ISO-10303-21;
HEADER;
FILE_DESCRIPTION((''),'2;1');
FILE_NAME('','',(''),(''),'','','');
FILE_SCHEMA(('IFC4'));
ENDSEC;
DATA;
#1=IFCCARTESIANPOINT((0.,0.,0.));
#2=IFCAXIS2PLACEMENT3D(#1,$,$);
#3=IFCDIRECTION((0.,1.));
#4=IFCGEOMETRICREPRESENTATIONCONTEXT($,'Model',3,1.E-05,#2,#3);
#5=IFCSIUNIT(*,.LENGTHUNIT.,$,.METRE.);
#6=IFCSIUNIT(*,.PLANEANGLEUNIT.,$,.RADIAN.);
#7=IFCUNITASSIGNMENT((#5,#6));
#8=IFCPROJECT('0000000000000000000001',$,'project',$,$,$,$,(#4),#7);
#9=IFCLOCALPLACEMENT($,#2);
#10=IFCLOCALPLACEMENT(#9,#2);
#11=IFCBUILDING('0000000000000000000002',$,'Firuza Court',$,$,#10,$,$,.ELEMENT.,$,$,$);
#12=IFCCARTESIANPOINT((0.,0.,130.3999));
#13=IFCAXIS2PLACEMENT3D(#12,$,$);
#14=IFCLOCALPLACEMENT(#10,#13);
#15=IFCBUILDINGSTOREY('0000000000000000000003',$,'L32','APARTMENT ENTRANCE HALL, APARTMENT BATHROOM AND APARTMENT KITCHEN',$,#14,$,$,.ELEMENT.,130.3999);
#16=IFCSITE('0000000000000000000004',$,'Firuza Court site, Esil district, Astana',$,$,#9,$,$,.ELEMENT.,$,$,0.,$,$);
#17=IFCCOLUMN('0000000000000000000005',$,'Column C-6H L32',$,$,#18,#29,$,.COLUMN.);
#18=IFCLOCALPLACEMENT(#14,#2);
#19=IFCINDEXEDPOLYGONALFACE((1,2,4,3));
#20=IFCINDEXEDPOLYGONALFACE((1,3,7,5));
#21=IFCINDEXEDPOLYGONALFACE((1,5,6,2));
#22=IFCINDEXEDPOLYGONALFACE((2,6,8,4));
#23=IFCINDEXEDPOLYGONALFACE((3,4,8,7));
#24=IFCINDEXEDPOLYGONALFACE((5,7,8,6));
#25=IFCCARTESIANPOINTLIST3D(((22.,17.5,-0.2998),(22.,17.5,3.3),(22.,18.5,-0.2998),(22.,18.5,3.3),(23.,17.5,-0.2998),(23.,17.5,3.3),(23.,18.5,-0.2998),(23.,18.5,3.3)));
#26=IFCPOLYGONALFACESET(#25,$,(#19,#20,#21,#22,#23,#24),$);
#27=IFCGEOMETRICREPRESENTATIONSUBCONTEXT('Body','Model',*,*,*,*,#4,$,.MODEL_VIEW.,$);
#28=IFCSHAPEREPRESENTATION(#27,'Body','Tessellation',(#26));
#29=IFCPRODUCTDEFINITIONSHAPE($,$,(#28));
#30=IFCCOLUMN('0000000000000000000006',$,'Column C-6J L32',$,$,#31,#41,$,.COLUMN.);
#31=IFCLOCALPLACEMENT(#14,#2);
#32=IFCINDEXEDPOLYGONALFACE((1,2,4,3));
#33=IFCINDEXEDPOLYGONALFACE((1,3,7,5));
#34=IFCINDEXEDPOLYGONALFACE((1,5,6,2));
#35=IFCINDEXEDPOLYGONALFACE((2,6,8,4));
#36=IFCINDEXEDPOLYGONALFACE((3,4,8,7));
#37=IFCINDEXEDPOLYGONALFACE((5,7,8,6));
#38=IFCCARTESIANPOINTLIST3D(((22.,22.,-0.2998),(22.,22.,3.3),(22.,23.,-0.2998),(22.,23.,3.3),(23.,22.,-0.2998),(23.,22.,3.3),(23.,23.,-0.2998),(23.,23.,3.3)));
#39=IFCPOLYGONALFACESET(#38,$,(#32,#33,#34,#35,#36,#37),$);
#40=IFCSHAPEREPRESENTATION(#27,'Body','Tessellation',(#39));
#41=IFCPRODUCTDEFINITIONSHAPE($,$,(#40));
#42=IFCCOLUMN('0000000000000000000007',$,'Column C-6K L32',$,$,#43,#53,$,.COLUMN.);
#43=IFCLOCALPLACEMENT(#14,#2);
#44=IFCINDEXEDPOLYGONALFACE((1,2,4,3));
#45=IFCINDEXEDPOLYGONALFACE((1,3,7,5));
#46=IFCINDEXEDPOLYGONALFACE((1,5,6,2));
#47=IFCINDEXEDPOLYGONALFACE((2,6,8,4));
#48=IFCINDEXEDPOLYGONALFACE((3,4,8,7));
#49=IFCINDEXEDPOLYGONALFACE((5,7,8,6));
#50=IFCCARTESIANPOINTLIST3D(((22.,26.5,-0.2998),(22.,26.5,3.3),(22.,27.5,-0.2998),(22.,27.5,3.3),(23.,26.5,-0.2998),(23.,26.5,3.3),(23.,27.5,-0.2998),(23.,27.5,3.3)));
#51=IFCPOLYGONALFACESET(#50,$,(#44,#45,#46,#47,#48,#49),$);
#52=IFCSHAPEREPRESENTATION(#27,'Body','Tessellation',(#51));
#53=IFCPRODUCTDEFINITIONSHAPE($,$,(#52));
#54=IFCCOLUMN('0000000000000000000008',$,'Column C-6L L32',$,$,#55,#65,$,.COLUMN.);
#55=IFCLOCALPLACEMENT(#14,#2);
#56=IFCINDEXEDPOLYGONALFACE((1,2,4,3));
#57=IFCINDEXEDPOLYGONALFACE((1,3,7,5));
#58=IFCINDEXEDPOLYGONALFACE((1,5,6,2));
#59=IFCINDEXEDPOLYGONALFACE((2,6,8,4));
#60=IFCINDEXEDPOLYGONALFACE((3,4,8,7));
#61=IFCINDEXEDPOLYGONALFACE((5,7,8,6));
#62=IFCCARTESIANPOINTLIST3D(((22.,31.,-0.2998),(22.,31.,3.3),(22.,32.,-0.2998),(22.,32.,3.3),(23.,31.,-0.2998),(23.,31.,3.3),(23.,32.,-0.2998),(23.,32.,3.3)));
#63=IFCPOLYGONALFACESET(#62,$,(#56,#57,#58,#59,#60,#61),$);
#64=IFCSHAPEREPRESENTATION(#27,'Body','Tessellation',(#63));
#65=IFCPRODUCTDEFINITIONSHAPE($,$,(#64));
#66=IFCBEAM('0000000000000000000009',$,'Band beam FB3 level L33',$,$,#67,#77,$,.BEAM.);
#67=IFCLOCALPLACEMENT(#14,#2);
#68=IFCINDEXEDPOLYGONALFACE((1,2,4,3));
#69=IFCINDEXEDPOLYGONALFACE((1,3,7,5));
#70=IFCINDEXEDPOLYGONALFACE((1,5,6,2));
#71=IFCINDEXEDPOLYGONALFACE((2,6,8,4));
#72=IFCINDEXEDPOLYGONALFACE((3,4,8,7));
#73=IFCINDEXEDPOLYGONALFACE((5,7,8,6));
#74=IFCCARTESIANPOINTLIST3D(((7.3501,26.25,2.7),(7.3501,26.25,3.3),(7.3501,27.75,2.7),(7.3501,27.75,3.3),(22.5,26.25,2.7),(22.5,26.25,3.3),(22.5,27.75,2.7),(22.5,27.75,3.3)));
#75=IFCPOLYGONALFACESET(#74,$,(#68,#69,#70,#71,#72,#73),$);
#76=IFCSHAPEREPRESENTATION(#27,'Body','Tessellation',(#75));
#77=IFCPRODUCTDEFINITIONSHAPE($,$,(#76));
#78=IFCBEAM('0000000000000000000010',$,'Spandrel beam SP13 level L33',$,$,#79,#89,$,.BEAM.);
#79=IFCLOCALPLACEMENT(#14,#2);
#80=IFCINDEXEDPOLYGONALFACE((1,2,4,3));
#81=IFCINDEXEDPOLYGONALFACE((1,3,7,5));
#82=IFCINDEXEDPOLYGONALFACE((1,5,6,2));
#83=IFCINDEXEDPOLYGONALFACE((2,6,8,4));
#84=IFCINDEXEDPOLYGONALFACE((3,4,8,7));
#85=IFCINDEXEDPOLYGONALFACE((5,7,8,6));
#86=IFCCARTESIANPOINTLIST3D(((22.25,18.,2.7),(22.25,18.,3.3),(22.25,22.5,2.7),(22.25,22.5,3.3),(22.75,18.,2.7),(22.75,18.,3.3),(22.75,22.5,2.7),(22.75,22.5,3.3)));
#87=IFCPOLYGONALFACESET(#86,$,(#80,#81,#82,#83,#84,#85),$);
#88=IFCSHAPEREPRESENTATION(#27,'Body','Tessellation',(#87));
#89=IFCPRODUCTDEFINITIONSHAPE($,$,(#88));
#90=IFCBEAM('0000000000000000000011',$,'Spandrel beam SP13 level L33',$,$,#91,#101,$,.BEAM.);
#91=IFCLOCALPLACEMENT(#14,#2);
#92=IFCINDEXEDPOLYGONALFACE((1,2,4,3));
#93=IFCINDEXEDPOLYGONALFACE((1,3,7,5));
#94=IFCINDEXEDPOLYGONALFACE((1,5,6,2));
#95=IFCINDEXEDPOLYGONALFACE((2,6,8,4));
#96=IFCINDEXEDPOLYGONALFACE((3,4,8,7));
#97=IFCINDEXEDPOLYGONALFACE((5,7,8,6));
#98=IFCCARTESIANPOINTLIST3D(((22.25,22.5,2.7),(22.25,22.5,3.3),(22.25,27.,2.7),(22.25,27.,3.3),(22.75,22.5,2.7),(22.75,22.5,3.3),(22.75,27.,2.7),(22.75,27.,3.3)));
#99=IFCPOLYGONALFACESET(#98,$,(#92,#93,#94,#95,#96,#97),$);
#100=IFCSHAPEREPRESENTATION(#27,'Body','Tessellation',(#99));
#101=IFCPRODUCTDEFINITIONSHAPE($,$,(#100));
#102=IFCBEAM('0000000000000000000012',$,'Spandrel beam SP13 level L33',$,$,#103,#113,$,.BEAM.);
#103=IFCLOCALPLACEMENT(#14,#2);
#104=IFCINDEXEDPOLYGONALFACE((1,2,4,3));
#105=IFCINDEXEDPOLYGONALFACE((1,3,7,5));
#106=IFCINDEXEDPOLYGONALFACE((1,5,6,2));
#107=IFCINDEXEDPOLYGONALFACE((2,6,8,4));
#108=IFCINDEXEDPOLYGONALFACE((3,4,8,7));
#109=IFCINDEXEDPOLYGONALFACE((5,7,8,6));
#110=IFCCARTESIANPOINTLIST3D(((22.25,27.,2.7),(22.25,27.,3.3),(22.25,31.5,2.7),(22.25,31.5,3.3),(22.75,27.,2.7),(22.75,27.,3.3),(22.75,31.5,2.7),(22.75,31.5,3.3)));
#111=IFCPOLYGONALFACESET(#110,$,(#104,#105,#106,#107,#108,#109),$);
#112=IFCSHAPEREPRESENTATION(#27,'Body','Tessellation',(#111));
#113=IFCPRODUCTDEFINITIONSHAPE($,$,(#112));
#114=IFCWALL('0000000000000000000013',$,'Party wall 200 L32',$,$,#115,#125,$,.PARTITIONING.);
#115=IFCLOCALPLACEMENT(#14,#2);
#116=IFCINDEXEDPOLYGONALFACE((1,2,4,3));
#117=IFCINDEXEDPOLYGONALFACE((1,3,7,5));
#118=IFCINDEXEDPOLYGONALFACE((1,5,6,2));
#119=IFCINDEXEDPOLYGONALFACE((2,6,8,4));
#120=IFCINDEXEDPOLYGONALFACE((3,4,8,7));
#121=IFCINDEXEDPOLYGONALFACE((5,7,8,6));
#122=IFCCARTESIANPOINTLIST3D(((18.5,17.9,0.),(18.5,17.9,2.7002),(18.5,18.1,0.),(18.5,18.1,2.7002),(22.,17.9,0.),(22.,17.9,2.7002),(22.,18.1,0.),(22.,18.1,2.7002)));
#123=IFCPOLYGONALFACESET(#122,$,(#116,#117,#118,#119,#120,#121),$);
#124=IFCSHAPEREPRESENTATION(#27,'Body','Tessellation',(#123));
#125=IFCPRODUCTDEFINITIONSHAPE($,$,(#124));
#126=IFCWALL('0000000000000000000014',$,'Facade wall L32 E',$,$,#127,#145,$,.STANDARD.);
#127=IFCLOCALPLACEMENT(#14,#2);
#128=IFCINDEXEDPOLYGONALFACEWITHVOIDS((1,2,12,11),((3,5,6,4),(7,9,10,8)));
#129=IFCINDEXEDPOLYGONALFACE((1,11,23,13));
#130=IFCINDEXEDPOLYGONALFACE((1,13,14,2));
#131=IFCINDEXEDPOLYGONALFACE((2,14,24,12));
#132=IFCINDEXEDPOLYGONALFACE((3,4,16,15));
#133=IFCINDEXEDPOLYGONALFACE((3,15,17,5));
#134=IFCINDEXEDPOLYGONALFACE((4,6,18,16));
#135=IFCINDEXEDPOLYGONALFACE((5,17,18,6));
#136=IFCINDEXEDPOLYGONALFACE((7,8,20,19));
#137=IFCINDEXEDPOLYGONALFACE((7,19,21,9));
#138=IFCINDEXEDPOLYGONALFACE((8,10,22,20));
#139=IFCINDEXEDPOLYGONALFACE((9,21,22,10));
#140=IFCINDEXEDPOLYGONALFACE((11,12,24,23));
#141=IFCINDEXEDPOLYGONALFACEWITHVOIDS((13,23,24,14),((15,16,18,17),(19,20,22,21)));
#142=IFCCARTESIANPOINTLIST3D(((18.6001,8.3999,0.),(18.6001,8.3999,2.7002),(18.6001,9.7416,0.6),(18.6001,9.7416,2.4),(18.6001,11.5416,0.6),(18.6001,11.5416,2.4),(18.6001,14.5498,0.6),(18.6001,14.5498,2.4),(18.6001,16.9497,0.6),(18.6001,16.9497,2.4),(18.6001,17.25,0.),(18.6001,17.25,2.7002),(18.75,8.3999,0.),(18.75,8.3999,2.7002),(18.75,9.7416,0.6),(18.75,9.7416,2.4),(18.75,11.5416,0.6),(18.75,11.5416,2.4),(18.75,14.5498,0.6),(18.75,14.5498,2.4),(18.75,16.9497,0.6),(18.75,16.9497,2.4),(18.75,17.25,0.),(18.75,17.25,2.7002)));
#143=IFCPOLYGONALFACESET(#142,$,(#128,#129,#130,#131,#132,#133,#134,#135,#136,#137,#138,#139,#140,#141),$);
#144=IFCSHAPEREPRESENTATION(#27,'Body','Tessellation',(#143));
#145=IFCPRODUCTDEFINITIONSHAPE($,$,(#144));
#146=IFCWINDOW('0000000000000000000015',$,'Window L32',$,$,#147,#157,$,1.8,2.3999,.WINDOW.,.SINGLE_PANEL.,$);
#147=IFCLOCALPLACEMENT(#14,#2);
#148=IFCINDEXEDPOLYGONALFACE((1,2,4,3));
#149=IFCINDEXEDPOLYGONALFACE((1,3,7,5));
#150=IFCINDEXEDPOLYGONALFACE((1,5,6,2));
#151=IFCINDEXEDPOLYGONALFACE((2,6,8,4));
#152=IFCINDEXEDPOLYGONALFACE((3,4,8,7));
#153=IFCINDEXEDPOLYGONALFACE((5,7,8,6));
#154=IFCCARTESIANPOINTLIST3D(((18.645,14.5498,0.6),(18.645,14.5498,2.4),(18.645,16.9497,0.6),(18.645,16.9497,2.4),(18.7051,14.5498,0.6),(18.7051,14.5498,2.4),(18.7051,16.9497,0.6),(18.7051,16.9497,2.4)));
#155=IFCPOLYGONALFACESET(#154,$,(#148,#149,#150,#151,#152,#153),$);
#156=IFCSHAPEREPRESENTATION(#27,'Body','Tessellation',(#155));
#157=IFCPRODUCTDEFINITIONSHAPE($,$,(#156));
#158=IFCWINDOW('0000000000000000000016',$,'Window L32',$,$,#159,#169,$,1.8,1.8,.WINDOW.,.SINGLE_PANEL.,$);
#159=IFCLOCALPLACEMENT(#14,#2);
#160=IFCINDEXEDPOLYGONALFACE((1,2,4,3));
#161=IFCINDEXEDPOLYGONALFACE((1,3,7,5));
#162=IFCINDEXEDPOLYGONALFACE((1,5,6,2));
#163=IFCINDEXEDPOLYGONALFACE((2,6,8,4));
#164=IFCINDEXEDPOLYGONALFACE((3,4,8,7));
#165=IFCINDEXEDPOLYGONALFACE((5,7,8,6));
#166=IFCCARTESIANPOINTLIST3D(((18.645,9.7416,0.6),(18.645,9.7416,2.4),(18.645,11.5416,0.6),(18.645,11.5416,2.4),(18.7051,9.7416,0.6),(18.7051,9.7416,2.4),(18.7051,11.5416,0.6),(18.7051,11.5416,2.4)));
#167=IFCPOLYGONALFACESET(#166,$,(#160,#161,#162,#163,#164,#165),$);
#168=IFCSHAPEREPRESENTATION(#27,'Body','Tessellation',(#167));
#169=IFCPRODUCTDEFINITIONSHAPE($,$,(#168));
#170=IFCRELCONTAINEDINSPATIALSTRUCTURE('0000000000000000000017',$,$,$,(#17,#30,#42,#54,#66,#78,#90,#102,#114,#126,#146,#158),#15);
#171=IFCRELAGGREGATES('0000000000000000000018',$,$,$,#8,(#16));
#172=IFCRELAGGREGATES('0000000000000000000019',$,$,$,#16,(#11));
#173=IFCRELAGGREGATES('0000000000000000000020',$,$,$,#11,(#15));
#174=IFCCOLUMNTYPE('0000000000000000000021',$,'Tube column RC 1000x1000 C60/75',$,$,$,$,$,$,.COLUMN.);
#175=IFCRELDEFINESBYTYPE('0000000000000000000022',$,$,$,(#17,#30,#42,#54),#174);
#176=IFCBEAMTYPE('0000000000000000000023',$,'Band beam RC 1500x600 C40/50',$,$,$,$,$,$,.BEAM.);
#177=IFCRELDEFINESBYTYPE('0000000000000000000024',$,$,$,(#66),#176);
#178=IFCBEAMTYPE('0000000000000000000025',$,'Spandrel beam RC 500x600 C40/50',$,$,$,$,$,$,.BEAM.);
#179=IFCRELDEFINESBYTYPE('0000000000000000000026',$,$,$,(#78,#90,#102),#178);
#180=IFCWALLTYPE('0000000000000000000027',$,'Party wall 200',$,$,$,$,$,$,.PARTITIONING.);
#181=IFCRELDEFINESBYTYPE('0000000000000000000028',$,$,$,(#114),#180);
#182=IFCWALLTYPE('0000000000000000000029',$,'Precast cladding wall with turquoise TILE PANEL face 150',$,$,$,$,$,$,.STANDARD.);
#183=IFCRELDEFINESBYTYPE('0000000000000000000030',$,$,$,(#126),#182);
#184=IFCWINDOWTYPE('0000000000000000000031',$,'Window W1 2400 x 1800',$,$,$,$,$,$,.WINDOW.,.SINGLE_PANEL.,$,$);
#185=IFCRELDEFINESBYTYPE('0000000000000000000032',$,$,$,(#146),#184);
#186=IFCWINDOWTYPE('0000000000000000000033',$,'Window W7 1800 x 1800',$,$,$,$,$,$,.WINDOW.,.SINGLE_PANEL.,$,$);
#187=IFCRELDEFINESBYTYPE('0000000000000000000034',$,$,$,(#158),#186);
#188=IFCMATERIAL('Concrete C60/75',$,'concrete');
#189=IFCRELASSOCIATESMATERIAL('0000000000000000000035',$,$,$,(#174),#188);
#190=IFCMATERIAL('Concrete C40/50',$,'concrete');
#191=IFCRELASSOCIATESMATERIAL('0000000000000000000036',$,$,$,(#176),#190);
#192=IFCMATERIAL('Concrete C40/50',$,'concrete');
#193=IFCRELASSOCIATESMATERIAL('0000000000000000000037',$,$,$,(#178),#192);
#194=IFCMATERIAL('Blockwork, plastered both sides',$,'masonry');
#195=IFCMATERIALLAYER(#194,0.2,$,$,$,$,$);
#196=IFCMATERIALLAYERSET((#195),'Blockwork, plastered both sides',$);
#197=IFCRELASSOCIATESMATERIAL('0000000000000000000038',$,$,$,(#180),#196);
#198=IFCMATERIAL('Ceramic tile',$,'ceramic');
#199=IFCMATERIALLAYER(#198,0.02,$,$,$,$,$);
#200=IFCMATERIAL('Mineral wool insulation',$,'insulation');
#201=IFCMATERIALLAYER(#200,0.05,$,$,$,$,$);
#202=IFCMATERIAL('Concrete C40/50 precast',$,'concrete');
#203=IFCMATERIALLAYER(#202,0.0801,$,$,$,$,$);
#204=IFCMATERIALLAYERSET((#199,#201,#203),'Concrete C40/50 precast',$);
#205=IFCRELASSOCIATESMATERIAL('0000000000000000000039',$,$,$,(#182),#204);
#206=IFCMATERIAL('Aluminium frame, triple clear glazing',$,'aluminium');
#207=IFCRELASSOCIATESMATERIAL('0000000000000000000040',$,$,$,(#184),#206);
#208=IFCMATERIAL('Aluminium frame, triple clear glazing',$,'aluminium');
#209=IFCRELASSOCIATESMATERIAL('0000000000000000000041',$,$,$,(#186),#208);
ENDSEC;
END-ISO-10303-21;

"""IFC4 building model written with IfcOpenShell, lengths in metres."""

from ifc_helpers import new_model, si_unit, direction, frame, frame_2d, origin, origin_2d, place, context, subcontext, project, spatial, rectangle, extrude, material, layer, layer_set, material_profile, profile_set, type_object, element, fill, save


model = new_model("IFC4")

# Units and contexts
model_context = context("Model", 3, precision=1e-05, world=origin(), true_north=direction((0.0, 1.0)))
body_context = subcontext(model_context, "Body", "Model", "MODEL_VIEW")
ifc_project = project(units=[si_unit("LENGTHUNIT", "METRE"), si_unit("PLANEANGLEUNIT", "RADIAN")], contexts=[model_context])

# Site, building, storey
site_placement = place(None, origin())
site = spatial("IfcSite", under=ifc_project, at=site_placement, Name="Firuza Court site, Esil district, Astana", CompositionType="ELEMENT", RefElevation=0.0)
building_placement = place(site_placement, origin())
building = spatial("IfcBuilding", under=site, at=building_placement, Name="Firuza Court", CompositionType="ELEMENT")
storey_placement = place(building_placement, frame((0.0, 0.0, 130.3999)))
storey = spatial("IfcBuildingStorey", under=building, at=storey_placement, Name="L32", Description="APARTMENT ENTRANCE HALL, APARTMENT BATHROOM AND APARTMENT KITCHEN", CompositionType="ELEMENT", Elevation=130.3999)

# Columns
ifc_material_1 = material(Name="Concrete C60/75", Category="concrete")
ifc_material_profile_1 = material_profile(ifc_material_1, rectangle(XDim=1.0, YDim=1.0, at=origin_2d()), Name="RC 1000x1000")
ifc_profile_set_1 = profile_set([ifc_material_profile_1], Name="Concrete C60/75")
column_type = type_object("IfcColumnType", Name="Tube column RC 1000x1000 C60/75", PredefinedType="COLUMN", material=ifc_profile_set_1)
for number, where, z_axis, x_axis, name in (
    (1, (22.5, 18.0, -0.2998), (0.0, 0.0, 1.0), (1.0, 0.0, 0.0), "Column C-6H L32"),
    (2, (22.5, 22.5, -0.2998), (0.0, 0.0, 1.0), (1.0, 0.0, 0.0), "Column C-6J L32"),
    (3, (22.5, 27.0, -0.2998), (0.0, 0.0, 1.0), (1.0, 0.0, 0.0), "Column C-6K L32"),
    (4, (22.5, 31.5, -0.2998), (0.0, 0.0, 1.0), (1.0, 0.0, 0.0), "Column C-6L L32"),
):
    element("IfcColumn", number, at=place(storey_placement, frame(where, z_axis=z_axis, x_axis=x_axis)), inside=storey, type_object=column_type, Name=name, PredefinedType="COLUMN", context=body_context, shape_type="SweptSolid", body=[
        extrude(rectangle(XDim=1.0, YDim=1.0, at=origin_2d()), origin(), (0.0, 0.0, 1.0), 3.5999),
    ])

# Beams
ifc_material_2 = material(Name="Concrete C40/50", Category="concrete")
ifc_material_profile_2 = material_profile(ifc_material_2, rectangle(XDim=1.5, YDim=0.6001, at=origin_2d()), Name="RC 1500x600")
ifc_profile_set_2 = profile_set([ifc_material_profile_2], Name="Concrete C40/50")
beam_type_1 = type_object("IfcBeamType", Name="Band beam RC 1500x600 C40/50", PredefinedType="BEAM", material=ifc_profile_set_2)
beam_placement = place(storey_placement, frame((22.5, 27.0, 3.0), z_axis=(-1.0, 0.0, 0.0), x_axis=(0.0, -1.0, 0.0)))
element("IfcBeam", 5, at=beam_placement, inside=storey, type_object=beam_type_1, Name="Band beam FB3 level L33", PredefinedType="BEAM", context=body_context, shape_type="SweptSolid", body=[
    extrude(rectangle(XDim=1.5, YDim=0.6001, at=origin_2d()), origin(), (0.0, 0.0, 1.0), 15.1499),
])
ifc_material_3 = material(Name="Concrete C40/50", Category="concrete")
ifc_material_profile_3 = material_profile(ifc_material_3, rectangle(XDim=0.5, YDim=0.6001, at=origin_2d()), Name="RC 500x600")
ifc_profile_set_3 = profile_set([ifc_material_profile_3], Name="Concrete C40/50")
beam_type_2 = type_object("IfcBeamType", Name="Spandrel beam RC 500x600 C40/50", PredefinedType="BEAM", material=ifc_profile_set_3)
for number, where, z_axis, x_axis, name in (
    (6, (22.5, 18.0, 3.0), (0.0, 1.0, 0.0), (-1.0, 0.0, 0.0), "Spandrel beam SP13 level L33"),
    (7, (22.5, 22.5, 3.0), (0.0, 1.0, 0.0), (-1.0, 0.0, 0.0), "Spandrel beam SP13 level L33"),
    (8, (22.5, 27.0, 3.0), (0.0, 1.0, 0.0), (-1.0, 0.0, 0.0), "Spandrel beam SP13 level L33"),
):
    element("IfcBeam", number, at=place(storey_placement, frame(where, z_axis=z_axis, x_axis=x_axis)), inside=storey, type_object=beam_type_2, Name=name, PredefinedType="BEAM", context=body_context, shape_type="SweptSolid", body=[
        extrude(rectangle(XDim=0.5, YDim=0.6001, at=origin_2d()), origin(), (0.0, 0.0, 1.0), 4.5),
    ])

# Wall
ifc_material_4 = material(Name="Blockwork, plastered both sides", Category="masonry")
ifc_layer_1 = layer(ifc_material_4, 0.2)
ifc_layer_set_1 = layer_set([ifc_layer_1], Name="Blockwork, plastered both sides")
wall_type_1 = type_object("IfcWallType", Name="Party wall 200", PredefinedType="PARTITIONING", material=ifc_layer_set_1)
wall_1_placement = place(storey_placement, frame((18.5, 18.0, 0.0), z_axis=(0.0, 0.0, 1.0), x_axis=(1.0, 0.0, 0.0)))
element("IfcWall", 9, at=wall_1_placement, inside=storey, type_object=wall_type_1, Name="Party wall 200 L32", PredefinedType="PARTITIONING", context=body_context, shape_type="SweptSolid", body=[
    extrude(rectangle(XDim=3.5, YDim=0.2, at=frame_2d((1.75, 0.0))), origin(), (0.0, 0.0, 1.0), 2.7002),
])

# Wall, openings, windows
ifc_material_5 = material(Name="Ceramic tile", Category="ceramic")
ifc_layer_2 = layer(ifc_material_5, 0.02)
ifc_material_6 = material(Name="Mineral wool insulation", Category="insulation")
ifc_layer_3 = layer(ifc_material_6, 0.05)
ifc_material_7 = material(Name="Concrete C40/50 precast", Category="concrete")
ifc_layer_4 = layer(ifc_material_7, 0.0801)
ifc_layer_set_2 = layer_set([ifc_layer_2, ifc_layer_3, ifc_layer_4], Name="Concrete C40/50 precast")
wall_type_2 = type_object("IfcWallType", Name="Precast cladding wall with turquoise TILE PANEL face 150", PredefinedType="STANDARD", material=ifc_layer_set_2)
wall_2_placement = place(storey_placement, frame((18.675, 8.3999, 0.0), z_axis=(0.0, 0.0, 1.0), x_axis=(0.0, 1.0, 0.0)))
wall_2 = element("IfcWall", 10, at=wall_2_placement, inside=storey, type_object=wall_type_2, Name="Facade wall L32 E", PredefinedType="STANDARD", context=body_context, shape_type="SweptSolid", body=[
    extrude(rectangle(XDim=8.8501, YDim=0.1499, at=frame_2d((4.425, 0.0))), origin(), (0.0, 0.0, 1.0), 2.7002),
])
opening_1_placement = place(wall_2_placement, frame((1.3418, 0.0, 0.6001)))
opening_1 = element("IfcOpeningElement", 11, at=opening_1_placement, cuts=wall_2, PredefinedType="OPENING", context=body_context, shape_type="SweptSolid", body=[
    extrude(rectangle(XDim=1.8, YDim=1.8, at=frame_2d((0.8999, 0.8999))), frame((0.0, 0.0869, 0.0), z_axis=(0.0, -1.0, 0.0), x_axis=(1.0, 0.0, 0.0)), (0.0, 0.0, 1.0), 0.1738),
])
opening_2_placement = place(wall_2_placement, frame((6.1499, 0.0, 0.6001)))
opening_2 = element("IfcOpeningElement", 12, at=opening_2_placement, cuts=wall_2, PredefinedType="OPENING", context=body_context, shape_type="SweptSolid", body=[
    extrude(rectangle(XDim=2.3999, YDim=1.8, at=frame_2d((1.2, 0.8999))), frame((0.0, 0.0869, 0.0), z_axis=(0.0, -1.0, 0.0), x_axis=(1.0, 0.0, 0.0)), (0.0, 0.0, 1.0), 0.1738),
])
ifc_material_8 = material(Name="Aluminium frame, triple clear glazing", Category="aluminium")
window_type_1 = type_object("IfcWindowType", Name="Window W1 2400 x 1800", PartitioningType="SINGLE_PANEL", PredefinedType="WINDOW", material=ifc_material_8)
window_1_placement = place(opening_2_placement, origin())
window_1 = element("IfcWindow", 13, at=window_1_placement, inside=storey, type_object=window_type_1, Name="Window L32", OverallHeight=1.8, OverallWidth=2.3999, PartitioningType="SINGLE_PANEL", PredefinedType="WINDOW", context=body_context, shape_type="SweptSolid", body=[
    extrude(rectangle(XDim=2.3999, YDim=1.8, at=frame_2d((1.2, 0.8999))), frame((0.0, 0.03, 0.0), z_axis=(0.0, -1.0, 0.0), x_axis=(1.0, 0.0, 0.0)), (0.0, 0.0, 1.0), 0.0601),
])
fill(opening_2, window_1)
ifc_material_9 = material(Name="Aluminium frame, triple clear glazing", Category="aluminium")
window_type_2 = type_object("IfcWindowType", Name="Window W7 1800 x 1800", PartitioningType="SINGLE_PANEL", PredefinedType="WINDOW", material=ifc_material_9)
window_2_placement = place(opening_1_placement, origin())
window_2 = element("IfcWindow", 14, at=window_2_placement, inside=storey, type_object=window_type_2, Name="Window L32", OverallHeight=1.8, OverallWidth=1.8, PartitioningType="SINGLE_PANEL", PredefinedType="WINDOW", context=body_context, shape_type="SweptSolid", body=[
    extrude(rectangle(XDim=1.8, YDim=1.8, at=frame_2d((0.8999, 0.8999))), frame((0.0, 0.03, 0.0), z_axis=(0.0, -1.0, 0.0), x_axis=(1.0, 0.0, 0.0)), (0.0, 0.0, 1.0), 0.0601),
])
fill(opening_1, window_2)

save(model, "model.ifc")
